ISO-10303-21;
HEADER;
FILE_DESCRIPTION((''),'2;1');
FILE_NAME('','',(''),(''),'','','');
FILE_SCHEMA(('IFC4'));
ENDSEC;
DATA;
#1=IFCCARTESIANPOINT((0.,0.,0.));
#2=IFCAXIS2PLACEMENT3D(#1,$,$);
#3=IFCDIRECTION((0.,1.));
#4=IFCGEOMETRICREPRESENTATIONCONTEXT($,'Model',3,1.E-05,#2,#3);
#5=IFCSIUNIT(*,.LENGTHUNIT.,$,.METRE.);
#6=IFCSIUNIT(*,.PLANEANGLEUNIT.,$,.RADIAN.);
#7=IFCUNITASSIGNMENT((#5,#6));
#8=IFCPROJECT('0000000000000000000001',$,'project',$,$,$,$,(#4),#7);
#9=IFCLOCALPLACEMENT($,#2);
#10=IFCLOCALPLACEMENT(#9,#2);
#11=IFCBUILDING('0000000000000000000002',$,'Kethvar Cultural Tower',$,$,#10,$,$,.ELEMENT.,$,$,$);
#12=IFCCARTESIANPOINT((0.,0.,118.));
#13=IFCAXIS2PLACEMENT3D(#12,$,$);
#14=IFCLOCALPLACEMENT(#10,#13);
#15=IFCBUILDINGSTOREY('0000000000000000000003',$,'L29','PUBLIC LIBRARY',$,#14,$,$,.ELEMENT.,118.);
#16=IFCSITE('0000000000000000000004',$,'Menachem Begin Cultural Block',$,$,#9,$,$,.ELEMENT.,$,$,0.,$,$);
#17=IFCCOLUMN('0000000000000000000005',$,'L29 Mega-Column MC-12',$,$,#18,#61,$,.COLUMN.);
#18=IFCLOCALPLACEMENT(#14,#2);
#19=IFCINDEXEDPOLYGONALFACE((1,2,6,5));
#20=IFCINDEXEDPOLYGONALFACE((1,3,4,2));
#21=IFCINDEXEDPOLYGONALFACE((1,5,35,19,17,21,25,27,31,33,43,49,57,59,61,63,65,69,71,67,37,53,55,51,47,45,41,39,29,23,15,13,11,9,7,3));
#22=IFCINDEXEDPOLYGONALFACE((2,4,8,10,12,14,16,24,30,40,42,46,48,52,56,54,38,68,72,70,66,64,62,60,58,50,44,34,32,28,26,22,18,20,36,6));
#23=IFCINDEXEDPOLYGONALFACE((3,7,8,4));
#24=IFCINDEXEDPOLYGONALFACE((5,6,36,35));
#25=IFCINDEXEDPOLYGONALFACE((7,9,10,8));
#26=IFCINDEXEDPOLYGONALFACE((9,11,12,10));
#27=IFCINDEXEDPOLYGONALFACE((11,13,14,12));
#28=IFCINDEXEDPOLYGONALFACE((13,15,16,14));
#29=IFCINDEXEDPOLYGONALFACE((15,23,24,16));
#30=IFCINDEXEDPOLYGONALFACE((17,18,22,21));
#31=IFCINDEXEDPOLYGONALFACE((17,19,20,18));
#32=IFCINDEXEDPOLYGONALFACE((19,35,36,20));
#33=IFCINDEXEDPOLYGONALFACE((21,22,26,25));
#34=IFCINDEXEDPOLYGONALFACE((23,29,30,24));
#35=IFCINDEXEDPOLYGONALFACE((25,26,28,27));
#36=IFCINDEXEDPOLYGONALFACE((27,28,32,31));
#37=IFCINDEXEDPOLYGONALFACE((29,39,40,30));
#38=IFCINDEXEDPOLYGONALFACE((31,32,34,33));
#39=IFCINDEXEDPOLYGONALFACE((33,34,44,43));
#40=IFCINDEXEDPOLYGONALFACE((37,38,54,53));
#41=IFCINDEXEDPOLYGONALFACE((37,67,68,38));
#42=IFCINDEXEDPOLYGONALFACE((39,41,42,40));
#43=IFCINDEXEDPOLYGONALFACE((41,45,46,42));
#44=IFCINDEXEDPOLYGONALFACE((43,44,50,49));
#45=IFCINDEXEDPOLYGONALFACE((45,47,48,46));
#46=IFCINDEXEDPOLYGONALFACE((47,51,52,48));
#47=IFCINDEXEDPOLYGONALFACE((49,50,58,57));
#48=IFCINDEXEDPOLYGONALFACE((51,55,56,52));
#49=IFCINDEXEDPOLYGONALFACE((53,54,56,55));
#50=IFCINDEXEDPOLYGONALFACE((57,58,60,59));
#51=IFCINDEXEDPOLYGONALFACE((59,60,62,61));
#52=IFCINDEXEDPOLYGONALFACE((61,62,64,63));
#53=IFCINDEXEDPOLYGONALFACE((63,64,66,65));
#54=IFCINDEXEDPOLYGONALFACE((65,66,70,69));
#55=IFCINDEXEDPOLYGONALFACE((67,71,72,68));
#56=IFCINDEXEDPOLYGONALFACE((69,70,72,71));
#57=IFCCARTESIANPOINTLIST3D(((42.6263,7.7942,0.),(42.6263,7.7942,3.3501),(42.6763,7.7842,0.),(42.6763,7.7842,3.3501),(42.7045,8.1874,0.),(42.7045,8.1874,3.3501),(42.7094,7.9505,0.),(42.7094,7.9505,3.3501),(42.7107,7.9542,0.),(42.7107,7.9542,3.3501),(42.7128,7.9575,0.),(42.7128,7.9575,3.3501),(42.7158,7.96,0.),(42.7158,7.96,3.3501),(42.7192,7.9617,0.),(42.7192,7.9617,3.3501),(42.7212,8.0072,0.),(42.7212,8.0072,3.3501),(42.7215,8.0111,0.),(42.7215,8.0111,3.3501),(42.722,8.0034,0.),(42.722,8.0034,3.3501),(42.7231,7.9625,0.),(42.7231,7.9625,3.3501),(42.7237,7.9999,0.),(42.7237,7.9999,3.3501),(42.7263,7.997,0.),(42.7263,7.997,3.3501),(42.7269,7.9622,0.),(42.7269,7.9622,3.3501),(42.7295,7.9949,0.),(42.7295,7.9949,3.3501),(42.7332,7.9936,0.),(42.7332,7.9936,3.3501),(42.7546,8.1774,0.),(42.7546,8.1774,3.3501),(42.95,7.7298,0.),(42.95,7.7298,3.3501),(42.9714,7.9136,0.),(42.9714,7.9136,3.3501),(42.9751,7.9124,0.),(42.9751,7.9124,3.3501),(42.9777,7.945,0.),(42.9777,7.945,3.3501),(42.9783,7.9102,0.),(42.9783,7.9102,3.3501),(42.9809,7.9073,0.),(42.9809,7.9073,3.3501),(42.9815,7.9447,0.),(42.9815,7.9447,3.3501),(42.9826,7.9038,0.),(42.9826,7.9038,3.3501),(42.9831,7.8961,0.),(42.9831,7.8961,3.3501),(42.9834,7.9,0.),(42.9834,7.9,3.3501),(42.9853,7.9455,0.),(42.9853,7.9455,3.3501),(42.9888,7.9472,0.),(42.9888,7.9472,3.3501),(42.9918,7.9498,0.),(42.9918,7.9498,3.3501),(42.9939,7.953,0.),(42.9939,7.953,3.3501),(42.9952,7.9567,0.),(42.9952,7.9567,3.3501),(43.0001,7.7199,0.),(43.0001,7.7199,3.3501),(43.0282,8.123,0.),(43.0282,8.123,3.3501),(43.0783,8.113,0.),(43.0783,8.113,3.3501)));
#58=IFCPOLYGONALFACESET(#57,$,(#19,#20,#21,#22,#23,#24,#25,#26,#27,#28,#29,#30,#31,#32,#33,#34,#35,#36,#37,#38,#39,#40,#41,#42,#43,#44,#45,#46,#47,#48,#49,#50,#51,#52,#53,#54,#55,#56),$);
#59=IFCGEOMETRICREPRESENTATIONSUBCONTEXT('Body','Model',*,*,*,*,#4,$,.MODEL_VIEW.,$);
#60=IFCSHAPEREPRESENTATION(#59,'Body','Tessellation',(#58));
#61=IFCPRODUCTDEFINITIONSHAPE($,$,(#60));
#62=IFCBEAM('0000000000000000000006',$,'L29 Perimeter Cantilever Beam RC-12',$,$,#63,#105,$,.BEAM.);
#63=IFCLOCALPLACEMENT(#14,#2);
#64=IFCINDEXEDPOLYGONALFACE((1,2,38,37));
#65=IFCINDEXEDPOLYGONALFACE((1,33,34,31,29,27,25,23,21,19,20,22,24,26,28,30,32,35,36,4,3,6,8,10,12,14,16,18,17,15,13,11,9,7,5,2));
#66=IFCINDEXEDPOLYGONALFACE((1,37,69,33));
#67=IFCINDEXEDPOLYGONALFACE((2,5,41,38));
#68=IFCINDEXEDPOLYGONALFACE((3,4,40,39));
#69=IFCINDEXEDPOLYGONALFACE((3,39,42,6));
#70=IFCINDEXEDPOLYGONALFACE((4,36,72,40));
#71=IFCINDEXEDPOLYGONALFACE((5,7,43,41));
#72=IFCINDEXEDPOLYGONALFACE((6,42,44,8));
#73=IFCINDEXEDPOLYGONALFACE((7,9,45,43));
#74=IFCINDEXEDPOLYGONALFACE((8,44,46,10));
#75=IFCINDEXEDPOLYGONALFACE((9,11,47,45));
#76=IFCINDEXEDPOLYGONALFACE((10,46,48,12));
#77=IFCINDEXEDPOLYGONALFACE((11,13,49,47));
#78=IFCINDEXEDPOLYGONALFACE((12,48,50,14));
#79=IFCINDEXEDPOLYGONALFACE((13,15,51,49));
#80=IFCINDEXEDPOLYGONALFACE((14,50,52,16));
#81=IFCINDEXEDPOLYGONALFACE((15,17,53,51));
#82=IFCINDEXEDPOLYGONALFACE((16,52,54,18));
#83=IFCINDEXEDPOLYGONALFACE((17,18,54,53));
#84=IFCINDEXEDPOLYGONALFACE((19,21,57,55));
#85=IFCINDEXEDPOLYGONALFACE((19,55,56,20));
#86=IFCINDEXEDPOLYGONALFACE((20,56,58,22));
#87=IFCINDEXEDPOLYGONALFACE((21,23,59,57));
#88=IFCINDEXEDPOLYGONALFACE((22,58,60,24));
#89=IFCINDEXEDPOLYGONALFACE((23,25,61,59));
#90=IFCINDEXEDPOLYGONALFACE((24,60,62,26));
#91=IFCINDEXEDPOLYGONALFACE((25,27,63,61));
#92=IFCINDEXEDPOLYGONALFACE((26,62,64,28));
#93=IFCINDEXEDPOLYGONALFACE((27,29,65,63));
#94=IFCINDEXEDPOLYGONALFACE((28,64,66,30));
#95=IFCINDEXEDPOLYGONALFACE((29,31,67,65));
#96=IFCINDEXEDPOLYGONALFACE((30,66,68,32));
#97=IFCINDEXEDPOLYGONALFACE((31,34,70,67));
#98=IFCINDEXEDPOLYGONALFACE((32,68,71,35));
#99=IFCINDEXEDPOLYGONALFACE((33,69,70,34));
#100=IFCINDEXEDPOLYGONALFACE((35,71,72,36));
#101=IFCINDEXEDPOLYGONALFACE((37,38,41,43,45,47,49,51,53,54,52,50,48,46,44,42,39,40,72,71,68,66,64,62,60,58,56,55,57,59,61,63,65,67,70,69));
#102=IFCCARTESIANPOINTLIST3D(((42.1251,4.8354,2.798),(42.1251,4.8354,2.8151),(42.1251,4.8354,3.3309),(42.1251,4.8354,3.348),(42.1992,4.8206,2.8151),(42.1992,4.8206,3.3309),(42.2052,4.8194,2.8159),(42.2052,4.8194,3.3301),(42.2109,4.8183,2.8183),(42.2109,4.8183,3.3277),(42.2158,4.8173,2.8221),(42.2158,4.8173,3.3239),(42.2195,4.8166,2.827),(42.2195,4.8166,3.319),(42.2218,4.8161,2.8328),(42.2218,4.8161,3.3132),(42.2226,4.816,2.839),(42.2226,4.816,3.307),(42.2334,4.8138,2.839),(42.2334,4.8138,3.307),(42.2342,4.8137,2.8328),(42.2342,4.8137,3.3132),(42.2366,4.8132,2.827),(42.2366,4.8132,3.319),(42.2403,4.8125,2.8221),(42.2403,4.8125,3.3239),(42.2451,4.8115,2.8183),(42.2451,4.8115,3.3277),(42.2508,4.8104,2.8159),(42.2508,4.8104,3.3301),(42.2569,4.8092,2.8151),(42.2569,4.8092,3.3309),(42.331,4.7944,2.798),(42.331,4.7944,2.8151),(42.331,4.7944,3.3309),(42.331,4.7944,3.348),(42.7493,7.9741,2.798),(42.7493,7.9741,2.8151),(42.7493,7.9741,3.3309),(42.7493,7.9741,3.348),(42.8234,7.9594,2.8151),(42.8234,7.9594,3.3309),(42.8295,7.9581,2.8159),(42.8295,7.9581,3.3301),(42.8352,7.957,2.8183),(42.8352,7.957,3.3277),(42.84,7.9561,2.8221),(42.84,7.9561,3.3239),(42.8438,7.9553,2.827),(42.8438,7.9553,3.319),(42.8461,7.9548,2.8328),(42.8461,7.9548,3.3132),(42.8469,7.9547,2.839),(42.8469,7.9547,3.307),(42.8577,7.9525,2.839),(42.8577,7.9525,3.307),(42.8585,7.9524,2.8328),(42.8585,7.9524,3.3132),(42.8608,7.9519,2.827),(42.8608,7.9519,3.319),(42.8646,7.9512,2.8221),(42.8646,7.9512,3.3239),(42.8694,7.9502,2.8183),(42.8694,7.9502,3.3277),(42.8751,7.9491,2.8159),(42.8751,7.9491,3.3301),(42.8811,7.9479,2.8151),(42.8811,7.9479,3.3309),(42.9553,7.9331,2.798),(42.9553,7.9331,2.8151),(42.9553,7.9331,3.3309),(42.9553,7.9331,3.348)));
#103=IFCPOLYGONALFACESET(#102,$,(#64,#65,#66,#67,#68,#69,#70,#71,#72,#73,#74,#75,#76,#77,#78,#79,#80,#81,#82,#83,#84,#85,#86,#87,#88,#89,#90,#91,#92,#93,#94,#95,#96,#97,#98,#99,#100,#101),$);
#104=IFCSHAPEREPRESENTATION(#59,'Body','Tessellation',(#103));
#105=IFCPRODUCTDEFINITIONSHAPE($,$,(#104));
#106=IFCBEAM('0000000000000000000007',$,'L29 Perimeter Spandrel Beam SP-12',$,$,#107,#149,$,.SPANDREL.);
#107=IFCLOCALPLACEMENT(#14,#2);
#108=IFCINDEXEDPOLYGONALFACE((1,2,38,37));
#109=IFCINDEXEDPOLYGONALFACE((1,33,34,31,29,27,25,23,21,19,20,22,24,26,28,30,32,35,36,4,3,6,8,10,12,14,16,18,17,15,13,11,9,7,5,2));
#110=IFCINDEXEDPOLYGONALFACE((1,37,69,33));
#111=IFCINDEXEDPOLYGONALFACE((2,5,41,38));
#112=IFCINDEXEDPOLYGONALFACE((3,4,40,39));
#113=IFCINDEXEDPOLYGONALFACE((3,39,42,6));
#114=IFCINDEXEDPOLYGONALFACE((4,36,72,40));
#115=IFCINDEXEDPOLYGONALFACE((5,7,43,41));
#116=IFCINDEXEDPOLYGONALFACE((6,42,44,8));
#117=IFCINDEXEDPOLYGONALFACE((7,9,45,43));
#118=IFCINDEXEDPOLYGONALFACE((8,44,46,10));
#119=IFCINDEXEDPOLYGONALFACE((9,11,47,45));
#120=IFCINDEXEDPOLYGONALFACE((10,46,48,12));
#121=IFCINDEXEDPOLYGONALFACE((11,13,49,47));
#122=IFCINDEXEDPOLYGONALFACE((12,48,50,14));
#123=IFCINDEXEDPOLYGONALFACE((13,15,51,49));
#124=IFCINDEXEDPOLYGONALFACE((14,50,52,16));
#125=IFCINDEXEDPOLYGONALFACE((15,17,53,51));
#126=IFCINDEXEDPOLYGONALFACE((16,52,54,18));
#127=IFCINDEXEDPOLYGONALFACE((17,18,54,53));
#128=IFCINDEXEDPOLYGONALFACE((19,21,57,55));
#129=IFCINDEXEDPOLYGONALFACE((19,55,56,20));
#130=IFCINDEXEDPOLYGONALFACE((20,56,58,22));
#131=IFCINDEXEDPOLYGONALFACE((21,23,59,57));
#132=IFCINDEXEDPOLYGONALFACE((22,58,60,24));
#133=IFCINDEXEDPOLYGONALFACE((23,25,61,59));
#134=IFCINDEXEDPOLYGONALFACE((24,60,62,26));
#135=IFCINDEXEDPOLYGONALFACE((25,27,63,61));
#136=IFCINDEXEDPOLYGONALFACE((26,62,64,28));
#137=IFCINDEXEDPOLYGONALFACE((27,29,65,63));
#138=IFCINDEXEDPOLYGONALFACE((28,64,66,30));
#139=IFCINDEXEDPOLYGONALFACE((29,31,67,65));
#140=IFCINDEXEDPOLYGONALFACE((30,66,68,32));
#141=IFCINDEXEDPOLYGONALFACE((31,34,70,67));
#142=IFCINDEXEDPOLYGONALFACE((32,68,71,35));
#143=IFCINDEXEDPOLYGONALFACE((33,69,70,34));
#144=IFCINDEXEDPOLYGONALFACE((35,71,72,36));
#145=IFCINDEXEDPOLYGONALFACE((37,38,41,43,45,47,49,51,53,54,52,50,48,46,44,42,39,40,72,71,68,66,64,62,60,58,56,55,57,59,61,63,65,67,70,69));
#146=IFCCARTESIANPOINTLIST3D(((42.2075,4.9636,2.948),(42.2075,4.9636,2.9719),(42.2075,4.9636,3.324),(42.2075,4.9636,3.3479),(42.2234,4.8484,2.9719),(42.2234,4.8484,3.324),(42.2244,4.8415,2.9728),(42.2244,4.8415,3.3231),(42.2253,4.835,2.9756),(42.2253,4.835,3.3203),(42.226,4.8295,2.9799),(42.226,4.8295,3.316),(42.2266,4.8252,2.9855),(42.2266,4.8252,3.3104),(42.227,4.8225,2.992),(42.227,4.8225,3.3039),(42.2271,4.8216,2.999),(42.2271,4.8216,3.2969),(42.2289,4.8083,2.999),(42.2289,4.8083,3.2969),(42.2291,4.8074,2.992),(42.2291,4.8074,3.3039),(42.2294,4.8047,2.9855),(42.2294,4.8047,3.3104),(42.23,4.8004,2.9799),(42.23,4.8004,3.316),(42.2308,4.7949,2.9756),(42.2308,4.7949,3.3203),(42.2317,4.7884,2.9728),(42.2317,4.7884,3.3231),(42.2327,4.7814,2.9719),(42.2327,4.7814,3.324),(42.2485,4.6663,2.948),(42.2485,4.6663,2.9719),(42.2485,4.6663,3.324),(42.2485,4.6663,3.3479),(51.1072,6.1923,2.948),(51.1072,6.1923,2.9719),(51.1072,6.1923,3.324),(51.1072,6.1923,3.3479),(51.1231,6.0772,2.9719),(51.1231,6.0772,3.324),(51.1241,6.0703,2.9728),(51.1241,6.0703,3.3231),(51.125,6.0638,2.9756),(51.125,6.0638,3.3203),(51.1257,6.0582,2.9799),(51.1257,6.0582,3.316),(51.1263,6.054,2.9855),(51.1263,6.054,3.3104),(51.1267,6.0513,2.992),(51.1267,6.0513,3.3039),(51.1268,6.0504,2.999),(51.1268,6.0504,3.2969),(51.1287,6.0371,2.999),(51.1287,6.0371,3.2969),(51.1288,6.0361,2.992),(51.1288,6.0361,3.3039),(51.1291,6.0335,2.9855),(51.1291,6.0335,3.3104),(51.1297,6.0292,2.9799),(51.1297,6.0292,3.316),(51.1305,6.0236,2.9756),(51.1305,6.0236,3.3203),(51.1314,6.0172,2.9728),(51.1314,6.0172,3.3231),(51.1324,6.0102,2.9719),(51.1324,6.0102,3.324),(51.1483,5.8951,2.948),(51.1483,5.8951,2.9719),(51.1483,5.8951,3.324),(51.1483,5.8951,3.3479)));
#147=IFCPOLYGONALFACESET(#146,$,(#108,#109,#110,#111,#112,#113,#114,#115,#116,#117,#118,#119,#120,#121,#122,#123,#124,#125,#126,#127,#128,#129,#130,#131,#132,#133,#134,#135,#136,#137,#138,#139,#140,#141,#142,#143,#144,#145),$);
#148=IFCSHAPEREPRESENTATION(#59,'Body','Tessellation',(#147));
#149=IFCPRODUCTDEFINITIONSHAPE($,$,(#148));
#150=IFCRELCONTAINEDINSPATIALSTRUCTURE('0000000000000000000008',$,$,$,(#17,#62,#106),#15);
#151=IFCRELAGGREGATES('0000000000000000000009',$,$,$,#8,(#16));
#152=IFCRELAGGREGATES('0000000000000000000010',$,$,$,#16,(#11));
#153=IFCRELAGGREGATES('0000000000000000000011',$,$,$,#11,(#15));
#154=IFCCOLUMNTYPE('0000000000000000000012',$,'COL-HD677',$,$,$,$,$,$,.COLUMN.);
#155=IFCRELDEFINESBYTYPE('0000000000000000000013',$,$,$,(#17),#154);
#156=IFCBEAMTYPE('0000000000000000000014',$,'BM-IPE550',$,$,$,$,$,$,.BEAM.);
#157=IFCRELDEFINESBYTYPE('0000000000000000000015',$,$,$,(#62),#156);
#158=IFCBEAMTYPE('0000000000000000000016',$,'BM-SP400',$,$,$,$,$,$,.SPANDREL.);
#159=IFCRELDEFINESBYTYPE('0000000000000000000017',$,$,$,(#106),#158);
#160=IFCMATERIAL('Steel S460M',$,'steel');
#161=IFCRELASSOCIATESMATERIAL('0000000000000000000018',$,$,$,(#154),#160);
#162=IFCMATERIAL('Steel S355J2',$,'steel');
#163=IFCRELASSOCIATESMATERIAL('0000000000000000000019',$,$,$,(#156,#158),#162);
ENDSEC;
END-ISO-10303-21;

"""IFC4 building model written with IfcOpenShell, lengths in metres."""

from ifc_helpers import new_model, si_unit, direction, frame, origin, origin_2d, place, context, subcontext, project, spatial, i_section, extrude, source, transform, mapped, material, material_profile, profile_set, type_object, element, save


model = new_model("IFC4")

# Units and contexts
model_context = context("Model", 3, precision=1e-05, world=origin(), true_north=direction((0.0, 1.0)))
body_context = subcontext(model_context, "Body", "Model", "MODEL_VIEW")
ifc_project = project(units=[si_unit("LENGTHUNIT", "METRE"), si_unit("PLANEANGLEUNIT", "RADIAN")], contexts=[model_context])

# Site, building, storey
site_placement = place(None, origin())
site = spatial("IfcSite", under=ifc_project, at=site_placement, Name="Menachem Begin Cultural Block", CompositionType="ELEMENT", RefElevation=0.0)
building_placement = place(site_placement, origin())
building = spatial("IfcBuilding", under=site, at=building_placement, Name="Kethvar Cultural Tower", CompositionType="ELEMENT")
storey_placement = place(building_placement, frame((0.0, 0.0, 118.0)))
storey = spatial("IfcBuildingStorey", under=building, at=storey_placement, Name="L29", Description="PUBLIC LIBRARY", CompositionType="ELEMENT", Elevation=118.0)

# Column
ifc_material_1 = material(Name="Steel S460M", Category="steel")
ifc_material_profile_1 = material_profile(ifc_material_1, i_section(OverallWidth=0.4009, OverallDepth=0.3811, WebThickness=0.032, FlangeThickness=0.051, FilletRadius=0.0149, at=origin_2d()), Name="Steel S460M — HD400x677")
ifc_profile_set_1 = profile_set([ifc_material_profile_1], Name="Steel S460M — HD400x677")
column_type = type_object("IfcColumnType", Name="COL-HD677", PredefinedType="COLUMN", material=ifc_profile_set_1)
shared_shape_1 = source(origin(), body_context, "Body", "SweptSolid", [
    extrude(i_section(OverallWidth=0.4009, OverallDepth=0.3811, WebThickness=0.032, FlangeThickness=0.051, FilletRadius=0.0149, at=origin_2d()), origin(), (0.0, 0.0, 1.0), 3.3501),
])
column_placement = place(storey_placement, frame((42.8523, 7.9536, 0.0), z_axis=(0.0, 0.0, 1.0), x_axis=(-0.19509, -0.980785, 0.0)))
element("IfcColumn", 1, at=column_placement, inside=storey, type_object=column_type, Name="L29 Mega-Column MC-12", PredefinedType="COLUMN", context=body_context, shape_type="MappedRepresentation", body=[
    mapped(shared_shape_1, transform((0.0, 0.0, 0.0), scale=1.0)),
])

# Beams
ifc_material_2 = material(Name="Steel S355J2", Category="steel")
ifc_material_profile_2 = material_profile(ifc_material_2, i_section(OverallWidth=0.21, OverallDepth=0.55, WebThickness=0.011, FlangeThickness=0.0171, FilletRadius=0.0239, at=origin_2d()), Name="Steel S355J2 — IPE550")
ifc_profile_set_2 = profile_set([ifc_material_profile_2], Name="Steel S355J2 — IPE550")
beam_type_1 = type_object("IfcBeamType", Name="BM-IPE550", PredefinedType="BEAM", material=ifc_profile_set_2)
shared_shape_2 = source(origin(), body_context, "Body", "SweptSolid", [
    extrude(i_section(OverallWidth=0.21, OverallDepth=0.55, WebThickness=0.011, FlangeThickness=0.0171, FilletRadius=0.0239, at=origin_2d()), origin(), (0.0, 0.0, 1.0), 3.2002),
])
beam_1_placement = place(storey_placement, frame((42.8523, 7.9536, 3.073), z_axis=(-0.195074, -0.980788, 0.0), x_axis=(0.980788, -0.195074, 0.0)))
element("IfcBeam", 2, at=beam_1_placement, inside=storey, type_object=beam_type_1, Name="L29 Perimeter Cantilever Beam RC-12", PredefinedType="BEAM", context=body_context, shape_type="MappedRepresentation", body=[
    mapped(shared_shape_2, transform((0.0, 0.0, 0.0), scale=1.0)),
])
ifc_material_profile_3 = material_profile(ifc_material_2, i_section(OverallWidth=0.3, OverallDepth=0.3999, WebThickness=0.0134, FlangeThickness=0.0239, FilletRadius=0.0271, at=origin_2d()), Name="Steel S355J2 — HEB400")
ifc_profile_set_3 = profile_set([ifc_material_profile_3], Name="Steel S355J2 — HEB400")
beam_type_2 = type_object("IfcBeamType", Name="BM-SP400", PredefinedType="SPANDREL", material=ifc_profile_set_3)
shared_shape_3 = source(origin(), body_context, "Body", "SweptSolid", [
    extrude(i_section(OverallWidth=0.3, OverallDepth=0.3999, WebThickness=0.0134, FlangeThickness=0.0239, FilletRadius=0.0271, at=origin_2d()), origin(), (0.0, 0.0, 1.0), 8.9841),
])
beam_2_placement = place(storey_placement, frame((42.228, 4.8149, 3.1479), z_axis=(0.990603, 0.136771, 0.0), x_axis=(-0.136771, 0.990603, 0.0)))
element("IfcBeam", 3, at=beam_2_placement, inside=storey, type_object=beam_type_2, Name="L29 Perimeter Spandrel Beam SP-12", PredefinedType="SPANDREL", context=body_context, shape_type="MappedRepresentation", body=[
    mapped(shared_shape_3, transform((0.0, 0.0, 0.0), scale=1.0)),
])

save(model, "model.ifc")
